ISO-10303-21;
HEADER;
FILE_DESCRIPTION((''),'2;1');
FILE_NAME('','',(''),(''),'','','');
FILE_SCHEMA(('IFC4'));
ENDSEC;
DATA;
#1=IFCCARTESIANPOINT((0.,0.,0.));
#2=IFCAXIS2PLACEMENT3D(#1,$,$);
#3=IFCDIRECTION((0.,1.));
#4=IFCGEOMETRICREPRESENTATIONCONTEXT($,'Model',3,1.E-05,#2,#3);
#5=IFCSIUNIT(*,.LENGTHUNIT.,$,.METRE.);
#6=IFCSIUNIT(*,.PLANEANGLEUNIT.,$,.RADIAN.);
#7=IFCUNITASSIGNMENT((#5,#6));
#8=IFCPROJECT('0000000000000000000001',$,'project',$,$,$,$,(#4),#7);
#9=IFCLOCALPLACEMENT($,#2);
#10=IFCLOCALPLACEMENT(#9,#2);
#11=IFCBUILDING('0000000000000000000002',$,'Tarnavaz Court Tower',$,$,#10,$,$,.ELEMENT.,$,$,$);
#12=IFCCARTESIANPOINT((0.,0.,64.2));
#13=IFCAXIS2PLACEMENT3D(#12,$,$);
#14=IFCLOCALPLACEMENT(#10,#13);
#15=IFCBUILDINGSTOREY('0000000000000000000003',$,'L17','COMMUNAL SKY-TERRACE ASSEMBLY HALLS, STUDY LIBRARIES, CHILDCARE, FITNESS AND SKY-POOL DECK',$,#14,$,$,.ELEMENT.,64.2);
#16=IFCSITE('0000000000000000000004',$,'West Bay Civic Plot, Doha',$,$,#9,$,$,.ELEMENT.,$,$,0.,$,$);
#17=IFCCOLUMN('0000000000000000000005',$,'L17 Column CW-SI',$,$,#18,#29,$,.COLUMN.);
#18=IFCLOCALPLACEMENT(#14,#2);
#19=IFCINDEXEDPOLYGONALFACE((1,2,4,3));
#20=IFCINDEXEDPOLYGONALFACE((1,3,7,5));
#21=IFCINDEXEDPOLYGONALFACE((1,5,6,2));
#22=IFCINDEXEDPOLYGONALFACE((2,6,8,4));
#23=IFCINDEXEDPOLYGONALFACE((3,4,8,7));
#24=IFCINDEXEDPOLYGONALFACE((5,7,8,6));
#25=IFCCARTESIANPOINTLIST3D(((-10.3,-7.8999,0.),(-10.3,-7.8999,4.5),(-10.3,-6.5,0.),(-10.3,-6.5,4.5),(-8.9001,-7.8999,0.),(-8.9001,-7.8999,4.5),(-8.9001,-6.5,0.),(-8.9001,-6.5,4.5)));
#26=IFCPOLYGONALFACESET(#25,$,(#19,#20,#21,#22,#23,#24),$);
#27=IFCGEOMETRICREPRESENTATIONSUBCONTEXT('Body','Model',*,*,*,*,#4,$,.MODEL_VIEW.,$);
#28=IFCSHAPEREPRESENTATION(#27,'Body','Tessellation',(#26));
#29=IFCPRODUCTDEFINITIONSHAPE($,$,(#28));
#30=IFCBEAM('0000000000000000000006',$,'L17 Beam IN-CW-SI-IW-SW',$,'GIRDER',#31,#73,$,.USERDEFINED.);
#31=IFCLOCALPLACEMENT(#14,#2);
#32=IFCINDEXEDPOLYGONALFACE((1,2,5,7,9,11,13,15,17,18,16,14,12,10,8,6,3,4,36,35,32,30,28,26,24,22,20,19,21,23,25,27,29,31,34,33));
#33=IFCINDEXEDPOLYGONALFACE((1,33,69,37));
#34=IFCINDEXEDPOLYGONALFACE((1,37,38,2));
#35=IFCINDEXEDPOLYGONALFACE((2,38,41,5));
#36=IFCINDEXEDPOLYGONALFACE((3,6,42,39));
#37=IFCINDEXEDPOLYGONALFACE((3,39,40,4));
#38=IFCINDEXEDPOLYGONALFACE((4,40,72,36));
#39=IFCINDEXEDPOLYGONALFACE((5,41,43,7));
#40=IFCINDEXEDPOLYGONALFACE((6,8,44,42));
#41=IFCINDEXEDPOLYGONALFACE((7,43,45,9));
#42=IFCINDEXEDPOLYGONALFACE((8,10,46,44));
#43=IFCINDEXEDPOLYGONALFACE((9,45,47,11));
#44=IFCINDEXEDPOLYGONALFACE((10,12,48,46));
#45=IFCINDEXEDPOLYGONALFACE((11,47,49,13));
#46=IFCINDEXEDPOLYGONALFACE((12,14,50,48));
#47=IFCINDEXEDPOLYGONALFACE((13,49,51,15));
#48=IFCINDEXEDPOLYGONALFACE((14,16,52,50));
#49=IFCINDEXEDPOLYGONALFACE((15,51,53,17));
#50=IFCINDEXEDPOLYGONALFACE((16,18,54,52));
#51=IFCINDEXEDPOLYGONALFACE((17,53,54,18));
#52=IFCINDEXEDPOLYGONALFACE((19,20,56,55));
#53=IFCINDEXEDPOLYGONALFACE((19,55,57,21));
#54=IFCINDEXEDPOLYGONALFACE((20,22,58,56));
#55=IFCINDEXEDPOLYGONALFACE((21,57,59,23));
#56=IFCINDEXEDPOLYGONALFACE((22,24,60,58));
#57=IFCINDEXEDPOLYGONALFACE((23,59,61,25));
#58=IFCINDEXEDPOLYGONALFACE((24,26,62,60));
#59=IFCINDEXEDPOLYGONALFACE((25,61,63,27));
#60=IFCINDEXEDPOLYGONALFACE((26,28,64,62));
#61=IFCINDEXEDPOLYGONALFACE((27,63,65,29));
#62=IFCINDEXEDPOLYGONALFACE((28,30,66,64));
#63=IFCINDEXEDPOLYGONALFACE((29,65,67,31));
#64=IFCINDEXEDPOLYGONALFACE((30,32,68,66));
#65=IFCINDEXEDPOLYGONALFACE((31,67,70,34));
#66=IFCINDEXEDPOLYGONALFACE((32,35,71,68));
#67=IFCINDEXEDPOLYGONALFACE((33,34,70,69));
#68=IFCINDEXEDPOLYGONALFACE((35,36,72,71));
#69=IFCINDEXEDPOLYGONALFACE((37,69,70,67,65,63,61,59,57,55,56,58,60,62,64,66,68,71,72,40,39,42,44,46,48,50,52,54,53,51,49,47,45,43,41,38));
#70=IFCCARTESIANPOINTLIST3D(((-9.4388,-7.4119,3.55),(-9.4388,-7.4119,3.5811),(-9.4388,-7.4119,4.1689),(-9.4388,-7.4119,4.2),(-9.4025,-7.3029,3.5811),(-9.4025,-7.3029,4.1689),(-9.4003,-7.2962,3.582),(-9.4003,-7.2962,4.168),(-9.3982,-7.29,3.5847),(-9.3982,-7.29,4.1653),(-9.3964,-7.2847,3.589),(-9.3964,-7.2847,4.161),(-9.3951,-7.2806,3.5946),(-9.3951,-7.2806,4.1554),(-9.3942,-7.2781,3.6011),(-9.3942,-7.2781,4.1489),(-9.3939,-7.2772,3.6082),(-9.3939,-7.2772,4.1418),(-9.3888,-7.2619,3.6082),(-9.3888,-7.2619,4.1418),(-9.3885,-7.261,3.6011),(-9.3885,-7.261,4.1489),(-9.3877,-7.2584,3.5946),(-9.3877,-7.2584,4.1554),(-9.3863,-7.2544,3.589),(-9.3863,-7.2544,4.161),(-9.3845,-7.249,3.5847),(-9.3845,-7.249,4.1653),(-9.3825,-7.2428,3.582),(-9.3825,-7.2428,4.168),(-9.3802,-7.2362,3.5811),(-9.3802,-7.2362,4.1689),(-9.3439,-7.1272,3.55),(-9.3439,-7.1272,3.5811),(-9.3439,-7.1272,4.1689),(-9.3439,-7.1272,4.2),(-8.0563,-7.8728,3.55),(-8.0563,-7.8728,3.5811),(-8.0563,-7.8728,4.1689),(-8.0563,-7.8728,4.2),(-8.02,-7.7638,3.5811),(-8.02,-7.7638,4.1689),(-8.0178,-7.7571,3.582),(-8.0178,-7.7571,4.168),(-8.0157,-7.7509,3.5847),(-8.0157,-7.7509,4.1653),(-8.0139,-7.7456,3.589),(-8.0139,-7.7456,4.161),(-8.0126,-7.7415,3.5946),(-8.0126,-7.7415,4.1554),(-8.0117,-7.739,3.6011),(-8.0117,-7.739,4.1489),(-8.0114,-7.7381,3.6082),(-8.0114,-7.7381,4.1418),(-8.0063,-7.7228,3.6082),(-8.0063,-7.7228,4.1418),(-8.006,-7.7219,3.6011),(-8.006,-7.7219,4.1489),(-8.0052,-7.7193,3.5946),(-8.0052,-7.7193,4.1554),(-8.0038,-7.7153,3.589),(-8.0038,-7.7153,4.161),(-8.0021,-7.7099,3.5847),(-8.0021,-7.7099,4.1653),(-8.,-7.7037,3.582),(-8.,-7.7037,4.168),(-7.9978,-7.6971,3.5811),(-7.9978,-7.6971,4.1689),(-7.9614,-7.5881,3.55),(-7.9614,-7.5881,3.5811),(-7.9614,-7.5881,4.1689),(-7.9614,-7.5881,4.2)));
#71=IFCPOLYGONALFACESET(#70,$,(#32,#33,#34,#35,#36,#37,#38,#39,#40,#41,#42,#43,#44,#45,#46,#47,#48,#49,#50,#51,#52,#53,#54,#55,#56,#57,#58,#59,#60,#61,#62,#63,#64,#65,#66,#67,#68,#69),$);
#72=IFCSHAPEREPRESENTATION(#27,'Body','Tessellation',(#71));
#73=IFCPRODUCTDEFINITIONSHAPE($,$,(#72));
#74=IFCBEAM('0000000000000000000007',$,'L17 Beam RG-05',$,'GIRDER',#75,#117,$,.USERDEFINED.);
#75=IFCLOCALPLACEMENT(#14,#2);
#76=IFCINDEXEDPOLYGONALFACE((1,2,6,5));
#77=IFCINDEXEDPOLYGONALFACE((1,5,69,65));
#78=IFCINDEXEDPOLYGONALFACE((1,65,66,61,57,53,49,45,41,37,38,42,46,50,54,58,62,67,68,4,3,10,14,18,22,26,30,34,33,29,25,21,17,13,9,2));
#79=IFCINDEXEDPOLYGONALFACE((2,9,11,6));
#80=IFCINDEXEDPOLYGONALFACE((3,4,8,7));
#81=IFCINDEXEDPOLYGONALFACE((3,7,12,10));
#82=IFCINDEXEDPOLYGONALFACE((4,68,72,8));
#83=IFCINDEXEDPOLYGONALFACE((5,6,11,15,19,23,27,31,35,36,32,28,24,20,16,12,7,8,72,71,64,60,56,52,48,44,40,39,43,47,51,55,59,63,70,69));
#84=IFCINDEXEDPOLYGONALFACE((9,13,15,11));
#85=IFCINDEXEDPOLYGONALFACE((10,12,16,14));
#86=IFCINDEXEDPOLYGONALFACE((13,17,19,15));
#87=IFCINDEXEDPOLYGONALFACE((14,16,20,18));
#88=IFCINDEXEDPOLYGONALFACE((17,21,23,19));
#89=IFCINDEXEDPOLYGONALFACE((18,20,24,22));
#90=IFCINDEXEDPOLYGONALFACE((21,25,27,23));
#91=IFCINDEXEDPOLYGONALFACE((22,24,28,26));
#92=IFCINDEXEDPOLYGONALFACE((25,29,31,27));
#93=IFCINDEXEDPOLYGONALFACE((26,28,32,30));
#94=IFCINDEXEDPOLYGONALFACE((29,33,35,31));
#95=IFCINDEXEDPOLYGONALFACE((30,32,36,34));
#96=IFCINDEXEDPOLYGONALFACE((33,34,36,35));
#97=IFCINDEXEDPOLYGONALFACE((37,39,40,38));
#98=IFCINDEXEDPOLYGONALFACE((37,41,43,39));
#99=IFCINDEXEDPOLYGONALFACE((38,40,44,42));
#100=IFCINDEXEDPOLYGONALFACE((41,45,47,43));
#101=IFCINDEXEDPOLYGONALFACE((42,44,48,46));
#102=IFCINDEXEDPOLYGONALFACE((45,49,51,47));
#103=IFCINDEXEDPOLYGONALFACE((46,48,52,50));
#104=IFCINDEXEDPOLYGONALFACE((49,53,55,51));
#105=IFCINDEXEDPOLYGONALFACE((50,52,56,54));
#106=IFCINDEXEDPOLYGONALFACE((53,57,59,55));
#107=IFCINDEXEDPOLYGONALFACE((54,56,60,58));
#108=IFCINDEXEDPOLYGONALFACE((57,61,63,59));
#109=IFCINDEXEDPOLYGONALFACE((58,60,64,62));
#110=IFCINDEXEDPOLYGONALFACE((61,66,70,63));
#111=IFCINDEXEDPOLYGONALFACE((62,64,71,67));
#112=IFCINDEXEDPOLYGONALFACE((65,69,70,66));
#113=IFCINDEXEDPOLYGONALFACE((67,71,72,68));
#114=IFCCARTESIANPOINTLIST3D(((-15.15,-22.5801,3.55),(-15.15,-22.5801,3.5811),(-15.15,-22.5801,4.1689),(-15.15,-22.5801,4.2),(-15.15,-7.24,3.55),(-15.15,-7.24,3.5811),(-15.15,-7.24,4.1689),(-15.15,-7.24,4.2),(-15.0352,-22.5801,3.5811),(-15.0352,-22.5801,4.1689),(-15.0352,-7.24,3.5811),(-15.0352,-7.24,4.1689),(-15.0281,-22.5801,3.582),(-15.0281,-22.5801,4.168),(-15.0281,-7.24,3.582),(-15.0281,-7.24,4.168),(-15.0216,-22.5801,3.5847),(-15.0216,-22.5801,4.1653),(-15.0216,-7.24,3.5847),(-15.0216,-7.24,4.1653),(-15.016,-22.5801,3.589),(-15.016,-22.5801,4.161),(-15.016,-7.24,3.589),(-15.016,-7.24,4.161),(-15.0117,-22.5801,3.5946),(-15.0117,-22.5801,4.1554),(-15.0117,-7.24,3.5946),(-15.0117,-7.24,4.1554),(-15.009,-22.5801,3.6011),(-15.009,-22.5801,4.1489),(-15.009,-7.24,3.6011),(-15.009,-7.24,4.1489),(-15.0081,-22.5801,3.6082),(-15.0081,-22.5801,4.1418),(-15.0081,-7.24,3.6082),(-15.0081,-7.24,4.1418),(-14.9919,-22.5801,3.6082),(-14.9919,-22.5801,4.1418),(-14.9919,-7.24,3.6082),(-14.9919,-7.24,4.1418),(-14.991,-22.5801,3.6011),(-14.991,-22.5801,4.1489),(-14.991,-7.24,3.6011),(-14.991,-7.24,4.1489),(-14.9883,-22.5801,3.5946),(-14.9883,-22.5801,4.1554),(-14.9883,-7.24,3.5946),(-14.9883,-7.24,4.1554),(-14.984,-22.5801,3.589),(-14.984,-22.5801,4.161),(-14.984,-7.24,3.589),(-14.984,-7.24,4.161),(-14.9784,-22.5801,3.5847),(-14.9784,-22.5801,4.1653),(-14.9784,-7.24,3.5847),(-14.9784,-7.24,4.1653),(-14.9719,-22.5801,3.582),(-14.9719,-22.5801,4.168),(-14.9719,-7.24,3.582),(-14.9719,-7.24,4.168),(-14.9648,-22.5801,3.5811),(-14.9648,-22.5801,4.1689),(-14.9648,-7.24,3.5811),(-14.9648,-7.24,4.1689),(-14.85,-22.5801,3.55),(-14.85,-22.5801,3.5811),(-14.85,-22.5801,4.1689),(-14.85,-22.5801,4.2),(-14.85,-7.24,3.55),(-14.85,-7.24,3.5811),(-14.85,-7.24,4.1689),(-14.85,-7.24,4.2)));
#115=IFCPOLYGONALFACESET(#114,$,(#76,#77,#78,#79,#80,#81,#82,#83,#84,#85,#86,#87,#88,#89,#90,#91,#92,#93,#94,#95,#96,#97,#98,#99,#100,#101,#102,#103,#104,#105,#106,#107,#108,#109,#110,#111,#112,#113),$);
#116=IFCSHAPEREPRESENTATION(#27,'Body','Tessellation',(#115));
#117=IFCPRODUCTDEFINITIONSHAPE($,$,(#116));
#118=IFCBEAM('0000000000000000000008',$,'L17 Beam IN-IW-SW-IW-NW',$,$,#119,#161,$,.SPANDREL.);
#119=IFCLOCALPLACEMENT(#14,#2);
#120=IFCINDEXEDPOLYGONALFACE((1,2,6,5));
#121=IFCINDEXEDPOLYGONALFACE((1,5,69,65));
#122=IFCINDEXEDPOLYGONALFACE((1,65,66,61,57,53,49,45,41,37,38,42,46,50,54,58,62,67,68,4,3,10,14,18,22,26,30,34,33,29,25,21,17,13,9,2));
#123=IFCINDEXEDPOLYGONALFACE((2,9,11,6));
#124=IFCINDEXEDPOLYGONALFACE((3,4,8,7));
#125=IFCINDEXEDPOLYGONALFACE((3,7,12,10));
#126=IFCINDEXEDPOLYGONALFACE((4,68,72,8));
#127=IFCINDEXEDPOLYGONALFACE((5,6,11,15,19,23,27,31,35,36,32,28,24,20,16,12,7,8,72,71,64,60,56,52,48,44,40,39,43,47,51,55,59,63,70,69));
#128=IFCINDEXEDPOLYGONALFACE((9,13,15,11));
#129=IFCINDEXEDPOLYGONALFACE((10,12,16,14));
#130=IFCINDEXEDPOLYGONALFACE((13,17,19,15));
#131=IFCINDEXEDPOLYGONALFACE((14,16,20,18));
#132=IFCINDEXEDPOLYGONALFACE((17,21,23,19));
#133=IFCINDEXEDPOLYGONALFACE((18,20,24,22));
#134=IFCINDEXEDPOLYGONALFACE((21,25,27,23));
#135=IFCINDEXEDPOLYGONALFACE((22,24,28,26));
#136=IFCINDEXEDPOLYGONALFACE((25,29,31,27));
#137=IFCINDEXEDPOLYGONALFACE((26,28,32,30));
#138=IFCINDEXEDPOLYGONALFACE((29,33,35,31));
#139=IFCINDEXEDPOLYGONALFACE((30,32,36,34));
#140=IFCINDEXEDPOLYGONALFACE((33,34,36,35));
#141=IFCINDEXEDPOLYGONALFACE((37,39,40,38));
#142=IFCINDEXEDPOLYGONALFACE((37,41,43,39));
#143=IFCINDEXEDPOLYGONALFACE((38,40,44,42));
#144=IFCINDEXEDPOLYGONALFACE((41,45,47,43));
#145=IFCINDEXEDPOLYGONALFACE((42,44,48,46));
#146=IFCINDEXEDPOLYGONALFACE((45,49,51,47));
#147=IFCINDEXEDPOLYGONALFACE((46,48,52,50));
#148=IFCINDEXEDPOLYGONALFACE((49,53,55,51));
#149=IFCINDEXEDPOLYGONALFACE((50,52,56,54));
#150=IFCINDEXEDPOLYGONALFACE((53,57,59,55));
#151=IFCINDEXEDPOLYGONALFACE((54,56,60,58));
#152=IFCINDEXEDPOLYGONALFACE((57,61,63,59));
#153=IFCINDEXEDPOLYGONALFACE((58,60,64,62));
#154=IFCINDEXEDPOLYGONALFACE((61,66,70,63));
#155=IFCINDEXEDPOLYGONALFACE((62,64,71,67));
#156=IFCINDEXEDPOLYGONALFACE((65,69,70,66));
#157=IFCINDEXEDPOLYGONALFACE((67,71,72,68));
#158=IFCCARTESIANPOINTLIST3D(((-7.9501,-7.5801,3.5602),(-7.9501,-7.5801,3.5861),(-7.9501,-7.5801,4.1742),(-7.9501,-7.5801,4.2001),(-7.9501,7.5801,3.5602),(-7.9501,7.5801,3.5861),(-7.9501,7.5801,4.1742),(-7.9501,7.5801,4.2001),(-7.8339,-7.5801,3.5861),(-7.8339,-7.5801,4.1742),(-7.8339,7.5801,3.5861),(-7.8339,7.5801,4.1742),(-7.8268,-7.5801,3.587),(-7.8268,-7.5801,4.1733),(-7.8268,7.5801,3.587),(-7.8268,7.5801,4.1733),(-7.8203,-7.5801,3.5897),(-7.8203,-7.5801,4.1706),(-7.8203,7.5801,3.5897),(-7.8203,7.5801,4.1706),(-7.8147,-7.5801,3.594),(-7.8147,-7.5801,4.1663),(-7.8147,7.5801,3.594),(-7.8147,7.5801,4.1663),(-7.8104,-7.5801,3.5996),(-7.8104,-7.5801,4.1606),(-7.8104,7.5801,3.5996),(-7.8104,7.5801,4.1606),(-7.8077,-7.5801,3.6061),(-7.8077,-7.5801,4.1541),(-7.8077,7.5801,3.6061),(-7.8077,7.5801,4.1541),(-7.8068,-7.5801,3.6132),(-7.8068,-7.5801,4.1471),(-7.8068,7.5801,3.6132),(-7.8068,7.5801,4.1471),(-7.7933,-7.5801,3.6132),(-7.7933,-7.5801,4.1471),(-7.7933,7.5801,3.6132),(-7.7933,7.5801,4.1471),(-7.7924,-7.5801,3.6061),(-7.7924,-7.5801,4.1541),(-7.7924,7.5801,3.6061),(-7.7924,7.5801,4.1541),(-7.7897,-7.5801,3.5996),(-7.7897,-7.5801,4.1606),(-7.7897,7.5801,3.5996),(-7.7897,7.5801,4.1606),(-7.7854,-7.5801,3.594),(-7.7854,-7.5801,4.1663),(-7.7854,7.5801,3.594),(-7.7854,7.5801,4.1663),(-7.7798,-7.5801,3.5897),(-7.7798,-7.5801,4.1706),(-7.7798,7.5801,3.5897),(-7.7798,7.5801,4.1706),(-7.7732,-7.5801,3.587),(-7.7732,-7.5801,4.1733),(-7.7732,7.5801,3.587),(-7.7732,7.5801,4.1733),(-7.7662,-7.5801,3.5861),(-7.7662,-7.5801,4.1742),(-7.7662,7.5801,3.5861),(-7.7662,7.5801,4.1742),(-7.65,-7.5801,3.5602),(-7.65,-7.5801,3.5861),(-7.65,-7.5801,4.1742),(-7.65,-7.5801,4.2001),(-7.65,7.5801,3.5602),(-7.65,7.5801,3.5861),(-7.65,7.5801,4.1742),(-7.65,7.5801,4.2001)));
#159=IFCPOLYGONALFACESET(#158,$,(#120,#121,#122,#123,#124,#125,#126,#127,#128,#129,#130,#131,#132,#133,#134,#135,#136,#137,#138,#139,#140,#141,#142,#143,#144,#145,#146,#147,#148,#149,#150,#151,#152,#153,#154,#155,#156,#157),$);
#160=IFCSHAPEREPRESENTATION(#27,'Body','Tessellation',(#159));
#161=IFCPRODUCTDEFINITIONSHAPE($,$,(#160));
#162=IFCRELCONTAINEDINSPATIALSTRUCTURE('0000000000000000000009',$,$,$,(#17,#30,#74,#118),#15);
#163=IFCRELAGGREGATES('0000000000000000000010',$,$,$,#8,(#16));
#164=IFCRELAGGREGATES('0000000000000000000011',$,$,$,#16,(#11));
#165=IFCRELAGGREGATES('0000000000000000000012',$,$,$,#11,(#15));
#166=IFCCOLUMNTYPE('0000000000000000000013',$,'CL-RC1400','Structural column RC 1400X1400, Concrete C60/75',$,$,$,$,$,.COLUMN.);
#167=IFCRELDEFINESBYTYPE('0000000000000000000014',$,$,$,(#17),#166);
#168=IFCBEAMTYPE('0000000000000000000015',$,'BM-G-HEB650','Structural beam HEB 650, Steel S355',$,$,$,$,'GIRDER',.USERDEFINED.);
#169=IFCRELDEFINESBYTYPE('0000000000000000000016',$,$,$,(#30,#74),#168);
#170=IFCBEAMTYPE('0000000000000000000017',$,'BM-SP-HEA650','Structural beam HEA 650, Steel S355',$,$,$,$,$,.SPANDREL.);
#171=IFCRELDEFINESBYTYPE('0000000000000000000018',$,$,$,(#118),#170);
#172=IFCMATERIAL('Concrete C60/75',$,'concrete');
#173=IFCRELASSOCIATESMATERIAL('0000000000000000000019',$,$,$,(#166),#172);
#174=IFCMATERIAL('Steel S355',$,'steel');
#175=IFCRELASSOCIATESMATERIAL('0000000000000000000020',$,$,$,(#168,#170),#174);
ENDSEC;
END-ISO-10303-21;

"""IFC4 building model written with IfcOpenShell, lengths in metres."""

from ifc_helpers import new_model, si_unit, direction, frame, origin, origin_2d, place, context, subcontext, project, spatial, rectangle, i_section, extrude, material, material_profile, profile_set, type_object, element, save


model = new_model("IFC4")

# Units and contexts
model_context = context("Model", 3, precision=1e-05, world=origin(), true_north=direction((0.0, 1.0)))
body_context = subcontext(model_context, "Body", "Model", "MODEL_VIEW")
ifc_project = project(units=[si_unit("LENGTHUNIT", "METRE"), si_unit("PLANEANGLEUNIT", "RADIAN")], contexts=[model_context])

# Site, building, storey
site_placement = place(None, origin())
site = spatial("IfcSite", under=ifc_project, at=site_placement, Name="West Bay Civic Plot, Doha", CompositionType="ELEMENT", RefElevation=0.0)
building_placement = place(site_placement, origin())
building = spatial("IfcBuilding", under=site, at=building_placement, Name="Tarnavaz Court Tower", CompositionType="ELEMENT")
storey_placement = place(building_placement, frame((0.0, 0.0, 64.2)))
storey = spatial("IfcBuildingStorey", under=building, at=storey_placement, Name="L17", Description="COMMUNAL SKY-TERRACE ASSEMBLY HALLS, STUDY LIBRARIES, CHILDCARE, FITNESS AND SKY-POOL DECK", CompositionType="ELEMENT", Elevation=64.2)

# Column
ifc_material_1 = material(Name="Concrete C60/75", Category="concrete")
ifc_material_profile_1 = material_profile(ifc_material_1, rectangle(XDim=1.3999, YDim=1.3999, at=origin_2d()), Name="RC 1400X1400")
ifc_profile_set_1 = profile_set([ifc_material_profile_1], Name="Concrete C60/75")
column_type = type_object("IfcColumnType", Name="CL-RC1400", Description="Structural column RC 1400X1400, Concrete C60/75", PredefinedType="COLUMN", material=ifc_profile_set_1)
column_placement = place(storey_placement, frame((-9.6001, -7.2, 0.0), z_axis=(0.0, 0.0, 1.0), x_axis=(1.0, 0.0, 0.0)))
element("IfcColumn", 1, at=column_placement, inside=storey, type_object=column_type, Name="L17 Column CW-SI", PredefinedType="COLUMN", context=body_context, shape_type="SweptSolid", body=[
    extrude(rectangle(XDim=1.3999, YDim=1.3999, at=origin_2d()), origin(), (0.0, 0.0, 1.0), 4.5),
])

# Beams
ifc_material_2 = material(Name="Steel S355", Category="steel")
ifc_material_profile_2 = material_profile(ifc_material_2, i_section(OverallWidth=0.3, OverallDepth=0.6499, WebThickness=0.0161, FlangeThickness=0.031, FilletRadius=0.0271, at=origin_2d()), Name="HEB 650")
ifc_profile_set_2 = profile_set([ifc_material_profile_2], Name="Steel S355")
beam_type_1 = type_object("IfcBeamType", Name="BM-G-HEB650", Description="Structural beam HEB 650, Steel S355", ElementType="GIRDER", PredefinedType="USERDEFINED", material=ifc_profile_set_2)
beam_1_placement = place(storey_placement, frame((-9.3914, -7.2695, 3.875), z_axis=(0.948667, -0.316278, 0.0), x_axis=(0.316278, 0.948667, 0.0)))
element("IfcBeam", 2, at=beam_1_placement, inside=storey, type_object=beam_type_1, Name="L17 Beam IN-CW-SI-IW-SW", ObjectType="GIRDER", PredefinedType="USERDEFINED", context=body_context, shape_type="SweptSolid", body=[
    extrude(i_section(OverallWidth=0.3, OverallDepth=0.6499, WebThickness=0.0161, FlangeThickness=0.031, FilletRadius=0.0271, at=origin_2d()), origin(), (0.0, 0.0, 1.0), 1.4573),
])
beam_2_placement = place(storey_placement, frame((-15.0, -7.24, 3.875), z_axis=(0.0, -1.0, 0.0), x_axis=(1.0, 0.0, 0.0)))
element("IfcBeam", 3, at=beam_2_placement, inside=storey, type_object=beam_type_1, Name="L17 Beam RG-05", ObjectType="GIRDER", PredefinedType="USERDEFINED", context=body_context, shape_type="SweptSolid", body=[
    extrude(i_section(OverallWidth=0.3, OverallDepth=0.6499, WebThickness=0.0161, FlangeThickness=0.031, FilletRadius=0.0271, at=origin_2d()), origin(), (0.0, 0.0, 1.0), 15.3401),
])
ifc_material_profile_3 = material_profile(ifc_material_2, i_section(OverallWidth=0.3, OverallDepth=0.6399, WebThickness=0.0134, FlangeThickness=0.0259, FilletRadius=0.0271, at=origin_2d()), Name="HEA 650")
ifc_profile_set_3 = profile_set([ifc_material_profile_3], Name="Steel S355")
beam_type_2 = type_object("IfcBeamType", Name="BM-SP-HEA650", Description="Structural beam HEA 650, Steel S355", PredefinedType="SPANDREL", material=ifc_profile_set_3)
beam_3_placement = place(storey_placement, frame((-7.8, -7.5801, 3.8801), z_axis=(0.0, 1.0, 0.0), x_axis=(-1.0, 0.0, 0.0)))
element("IfcBeam", 4, at=beam_3_placement, inside=storey, type_object=beam_type_2, Name="L17 Beam IN-IW-SW-IW-NW", PredefinedType="SPANDREL", context=body_context, shape_type="SweptSolid", body=[
    extrude(i_section(OverallWidth=0.3, OverallDepth=0.6399, WebThickness=0.0134, FlangeThickness=0.0259, FilletRadius=0.0271, at=origin_2d()), origin(), (0.0, 0.0, 1.0), 15.1602),
])

save(model, "model.ifc")
